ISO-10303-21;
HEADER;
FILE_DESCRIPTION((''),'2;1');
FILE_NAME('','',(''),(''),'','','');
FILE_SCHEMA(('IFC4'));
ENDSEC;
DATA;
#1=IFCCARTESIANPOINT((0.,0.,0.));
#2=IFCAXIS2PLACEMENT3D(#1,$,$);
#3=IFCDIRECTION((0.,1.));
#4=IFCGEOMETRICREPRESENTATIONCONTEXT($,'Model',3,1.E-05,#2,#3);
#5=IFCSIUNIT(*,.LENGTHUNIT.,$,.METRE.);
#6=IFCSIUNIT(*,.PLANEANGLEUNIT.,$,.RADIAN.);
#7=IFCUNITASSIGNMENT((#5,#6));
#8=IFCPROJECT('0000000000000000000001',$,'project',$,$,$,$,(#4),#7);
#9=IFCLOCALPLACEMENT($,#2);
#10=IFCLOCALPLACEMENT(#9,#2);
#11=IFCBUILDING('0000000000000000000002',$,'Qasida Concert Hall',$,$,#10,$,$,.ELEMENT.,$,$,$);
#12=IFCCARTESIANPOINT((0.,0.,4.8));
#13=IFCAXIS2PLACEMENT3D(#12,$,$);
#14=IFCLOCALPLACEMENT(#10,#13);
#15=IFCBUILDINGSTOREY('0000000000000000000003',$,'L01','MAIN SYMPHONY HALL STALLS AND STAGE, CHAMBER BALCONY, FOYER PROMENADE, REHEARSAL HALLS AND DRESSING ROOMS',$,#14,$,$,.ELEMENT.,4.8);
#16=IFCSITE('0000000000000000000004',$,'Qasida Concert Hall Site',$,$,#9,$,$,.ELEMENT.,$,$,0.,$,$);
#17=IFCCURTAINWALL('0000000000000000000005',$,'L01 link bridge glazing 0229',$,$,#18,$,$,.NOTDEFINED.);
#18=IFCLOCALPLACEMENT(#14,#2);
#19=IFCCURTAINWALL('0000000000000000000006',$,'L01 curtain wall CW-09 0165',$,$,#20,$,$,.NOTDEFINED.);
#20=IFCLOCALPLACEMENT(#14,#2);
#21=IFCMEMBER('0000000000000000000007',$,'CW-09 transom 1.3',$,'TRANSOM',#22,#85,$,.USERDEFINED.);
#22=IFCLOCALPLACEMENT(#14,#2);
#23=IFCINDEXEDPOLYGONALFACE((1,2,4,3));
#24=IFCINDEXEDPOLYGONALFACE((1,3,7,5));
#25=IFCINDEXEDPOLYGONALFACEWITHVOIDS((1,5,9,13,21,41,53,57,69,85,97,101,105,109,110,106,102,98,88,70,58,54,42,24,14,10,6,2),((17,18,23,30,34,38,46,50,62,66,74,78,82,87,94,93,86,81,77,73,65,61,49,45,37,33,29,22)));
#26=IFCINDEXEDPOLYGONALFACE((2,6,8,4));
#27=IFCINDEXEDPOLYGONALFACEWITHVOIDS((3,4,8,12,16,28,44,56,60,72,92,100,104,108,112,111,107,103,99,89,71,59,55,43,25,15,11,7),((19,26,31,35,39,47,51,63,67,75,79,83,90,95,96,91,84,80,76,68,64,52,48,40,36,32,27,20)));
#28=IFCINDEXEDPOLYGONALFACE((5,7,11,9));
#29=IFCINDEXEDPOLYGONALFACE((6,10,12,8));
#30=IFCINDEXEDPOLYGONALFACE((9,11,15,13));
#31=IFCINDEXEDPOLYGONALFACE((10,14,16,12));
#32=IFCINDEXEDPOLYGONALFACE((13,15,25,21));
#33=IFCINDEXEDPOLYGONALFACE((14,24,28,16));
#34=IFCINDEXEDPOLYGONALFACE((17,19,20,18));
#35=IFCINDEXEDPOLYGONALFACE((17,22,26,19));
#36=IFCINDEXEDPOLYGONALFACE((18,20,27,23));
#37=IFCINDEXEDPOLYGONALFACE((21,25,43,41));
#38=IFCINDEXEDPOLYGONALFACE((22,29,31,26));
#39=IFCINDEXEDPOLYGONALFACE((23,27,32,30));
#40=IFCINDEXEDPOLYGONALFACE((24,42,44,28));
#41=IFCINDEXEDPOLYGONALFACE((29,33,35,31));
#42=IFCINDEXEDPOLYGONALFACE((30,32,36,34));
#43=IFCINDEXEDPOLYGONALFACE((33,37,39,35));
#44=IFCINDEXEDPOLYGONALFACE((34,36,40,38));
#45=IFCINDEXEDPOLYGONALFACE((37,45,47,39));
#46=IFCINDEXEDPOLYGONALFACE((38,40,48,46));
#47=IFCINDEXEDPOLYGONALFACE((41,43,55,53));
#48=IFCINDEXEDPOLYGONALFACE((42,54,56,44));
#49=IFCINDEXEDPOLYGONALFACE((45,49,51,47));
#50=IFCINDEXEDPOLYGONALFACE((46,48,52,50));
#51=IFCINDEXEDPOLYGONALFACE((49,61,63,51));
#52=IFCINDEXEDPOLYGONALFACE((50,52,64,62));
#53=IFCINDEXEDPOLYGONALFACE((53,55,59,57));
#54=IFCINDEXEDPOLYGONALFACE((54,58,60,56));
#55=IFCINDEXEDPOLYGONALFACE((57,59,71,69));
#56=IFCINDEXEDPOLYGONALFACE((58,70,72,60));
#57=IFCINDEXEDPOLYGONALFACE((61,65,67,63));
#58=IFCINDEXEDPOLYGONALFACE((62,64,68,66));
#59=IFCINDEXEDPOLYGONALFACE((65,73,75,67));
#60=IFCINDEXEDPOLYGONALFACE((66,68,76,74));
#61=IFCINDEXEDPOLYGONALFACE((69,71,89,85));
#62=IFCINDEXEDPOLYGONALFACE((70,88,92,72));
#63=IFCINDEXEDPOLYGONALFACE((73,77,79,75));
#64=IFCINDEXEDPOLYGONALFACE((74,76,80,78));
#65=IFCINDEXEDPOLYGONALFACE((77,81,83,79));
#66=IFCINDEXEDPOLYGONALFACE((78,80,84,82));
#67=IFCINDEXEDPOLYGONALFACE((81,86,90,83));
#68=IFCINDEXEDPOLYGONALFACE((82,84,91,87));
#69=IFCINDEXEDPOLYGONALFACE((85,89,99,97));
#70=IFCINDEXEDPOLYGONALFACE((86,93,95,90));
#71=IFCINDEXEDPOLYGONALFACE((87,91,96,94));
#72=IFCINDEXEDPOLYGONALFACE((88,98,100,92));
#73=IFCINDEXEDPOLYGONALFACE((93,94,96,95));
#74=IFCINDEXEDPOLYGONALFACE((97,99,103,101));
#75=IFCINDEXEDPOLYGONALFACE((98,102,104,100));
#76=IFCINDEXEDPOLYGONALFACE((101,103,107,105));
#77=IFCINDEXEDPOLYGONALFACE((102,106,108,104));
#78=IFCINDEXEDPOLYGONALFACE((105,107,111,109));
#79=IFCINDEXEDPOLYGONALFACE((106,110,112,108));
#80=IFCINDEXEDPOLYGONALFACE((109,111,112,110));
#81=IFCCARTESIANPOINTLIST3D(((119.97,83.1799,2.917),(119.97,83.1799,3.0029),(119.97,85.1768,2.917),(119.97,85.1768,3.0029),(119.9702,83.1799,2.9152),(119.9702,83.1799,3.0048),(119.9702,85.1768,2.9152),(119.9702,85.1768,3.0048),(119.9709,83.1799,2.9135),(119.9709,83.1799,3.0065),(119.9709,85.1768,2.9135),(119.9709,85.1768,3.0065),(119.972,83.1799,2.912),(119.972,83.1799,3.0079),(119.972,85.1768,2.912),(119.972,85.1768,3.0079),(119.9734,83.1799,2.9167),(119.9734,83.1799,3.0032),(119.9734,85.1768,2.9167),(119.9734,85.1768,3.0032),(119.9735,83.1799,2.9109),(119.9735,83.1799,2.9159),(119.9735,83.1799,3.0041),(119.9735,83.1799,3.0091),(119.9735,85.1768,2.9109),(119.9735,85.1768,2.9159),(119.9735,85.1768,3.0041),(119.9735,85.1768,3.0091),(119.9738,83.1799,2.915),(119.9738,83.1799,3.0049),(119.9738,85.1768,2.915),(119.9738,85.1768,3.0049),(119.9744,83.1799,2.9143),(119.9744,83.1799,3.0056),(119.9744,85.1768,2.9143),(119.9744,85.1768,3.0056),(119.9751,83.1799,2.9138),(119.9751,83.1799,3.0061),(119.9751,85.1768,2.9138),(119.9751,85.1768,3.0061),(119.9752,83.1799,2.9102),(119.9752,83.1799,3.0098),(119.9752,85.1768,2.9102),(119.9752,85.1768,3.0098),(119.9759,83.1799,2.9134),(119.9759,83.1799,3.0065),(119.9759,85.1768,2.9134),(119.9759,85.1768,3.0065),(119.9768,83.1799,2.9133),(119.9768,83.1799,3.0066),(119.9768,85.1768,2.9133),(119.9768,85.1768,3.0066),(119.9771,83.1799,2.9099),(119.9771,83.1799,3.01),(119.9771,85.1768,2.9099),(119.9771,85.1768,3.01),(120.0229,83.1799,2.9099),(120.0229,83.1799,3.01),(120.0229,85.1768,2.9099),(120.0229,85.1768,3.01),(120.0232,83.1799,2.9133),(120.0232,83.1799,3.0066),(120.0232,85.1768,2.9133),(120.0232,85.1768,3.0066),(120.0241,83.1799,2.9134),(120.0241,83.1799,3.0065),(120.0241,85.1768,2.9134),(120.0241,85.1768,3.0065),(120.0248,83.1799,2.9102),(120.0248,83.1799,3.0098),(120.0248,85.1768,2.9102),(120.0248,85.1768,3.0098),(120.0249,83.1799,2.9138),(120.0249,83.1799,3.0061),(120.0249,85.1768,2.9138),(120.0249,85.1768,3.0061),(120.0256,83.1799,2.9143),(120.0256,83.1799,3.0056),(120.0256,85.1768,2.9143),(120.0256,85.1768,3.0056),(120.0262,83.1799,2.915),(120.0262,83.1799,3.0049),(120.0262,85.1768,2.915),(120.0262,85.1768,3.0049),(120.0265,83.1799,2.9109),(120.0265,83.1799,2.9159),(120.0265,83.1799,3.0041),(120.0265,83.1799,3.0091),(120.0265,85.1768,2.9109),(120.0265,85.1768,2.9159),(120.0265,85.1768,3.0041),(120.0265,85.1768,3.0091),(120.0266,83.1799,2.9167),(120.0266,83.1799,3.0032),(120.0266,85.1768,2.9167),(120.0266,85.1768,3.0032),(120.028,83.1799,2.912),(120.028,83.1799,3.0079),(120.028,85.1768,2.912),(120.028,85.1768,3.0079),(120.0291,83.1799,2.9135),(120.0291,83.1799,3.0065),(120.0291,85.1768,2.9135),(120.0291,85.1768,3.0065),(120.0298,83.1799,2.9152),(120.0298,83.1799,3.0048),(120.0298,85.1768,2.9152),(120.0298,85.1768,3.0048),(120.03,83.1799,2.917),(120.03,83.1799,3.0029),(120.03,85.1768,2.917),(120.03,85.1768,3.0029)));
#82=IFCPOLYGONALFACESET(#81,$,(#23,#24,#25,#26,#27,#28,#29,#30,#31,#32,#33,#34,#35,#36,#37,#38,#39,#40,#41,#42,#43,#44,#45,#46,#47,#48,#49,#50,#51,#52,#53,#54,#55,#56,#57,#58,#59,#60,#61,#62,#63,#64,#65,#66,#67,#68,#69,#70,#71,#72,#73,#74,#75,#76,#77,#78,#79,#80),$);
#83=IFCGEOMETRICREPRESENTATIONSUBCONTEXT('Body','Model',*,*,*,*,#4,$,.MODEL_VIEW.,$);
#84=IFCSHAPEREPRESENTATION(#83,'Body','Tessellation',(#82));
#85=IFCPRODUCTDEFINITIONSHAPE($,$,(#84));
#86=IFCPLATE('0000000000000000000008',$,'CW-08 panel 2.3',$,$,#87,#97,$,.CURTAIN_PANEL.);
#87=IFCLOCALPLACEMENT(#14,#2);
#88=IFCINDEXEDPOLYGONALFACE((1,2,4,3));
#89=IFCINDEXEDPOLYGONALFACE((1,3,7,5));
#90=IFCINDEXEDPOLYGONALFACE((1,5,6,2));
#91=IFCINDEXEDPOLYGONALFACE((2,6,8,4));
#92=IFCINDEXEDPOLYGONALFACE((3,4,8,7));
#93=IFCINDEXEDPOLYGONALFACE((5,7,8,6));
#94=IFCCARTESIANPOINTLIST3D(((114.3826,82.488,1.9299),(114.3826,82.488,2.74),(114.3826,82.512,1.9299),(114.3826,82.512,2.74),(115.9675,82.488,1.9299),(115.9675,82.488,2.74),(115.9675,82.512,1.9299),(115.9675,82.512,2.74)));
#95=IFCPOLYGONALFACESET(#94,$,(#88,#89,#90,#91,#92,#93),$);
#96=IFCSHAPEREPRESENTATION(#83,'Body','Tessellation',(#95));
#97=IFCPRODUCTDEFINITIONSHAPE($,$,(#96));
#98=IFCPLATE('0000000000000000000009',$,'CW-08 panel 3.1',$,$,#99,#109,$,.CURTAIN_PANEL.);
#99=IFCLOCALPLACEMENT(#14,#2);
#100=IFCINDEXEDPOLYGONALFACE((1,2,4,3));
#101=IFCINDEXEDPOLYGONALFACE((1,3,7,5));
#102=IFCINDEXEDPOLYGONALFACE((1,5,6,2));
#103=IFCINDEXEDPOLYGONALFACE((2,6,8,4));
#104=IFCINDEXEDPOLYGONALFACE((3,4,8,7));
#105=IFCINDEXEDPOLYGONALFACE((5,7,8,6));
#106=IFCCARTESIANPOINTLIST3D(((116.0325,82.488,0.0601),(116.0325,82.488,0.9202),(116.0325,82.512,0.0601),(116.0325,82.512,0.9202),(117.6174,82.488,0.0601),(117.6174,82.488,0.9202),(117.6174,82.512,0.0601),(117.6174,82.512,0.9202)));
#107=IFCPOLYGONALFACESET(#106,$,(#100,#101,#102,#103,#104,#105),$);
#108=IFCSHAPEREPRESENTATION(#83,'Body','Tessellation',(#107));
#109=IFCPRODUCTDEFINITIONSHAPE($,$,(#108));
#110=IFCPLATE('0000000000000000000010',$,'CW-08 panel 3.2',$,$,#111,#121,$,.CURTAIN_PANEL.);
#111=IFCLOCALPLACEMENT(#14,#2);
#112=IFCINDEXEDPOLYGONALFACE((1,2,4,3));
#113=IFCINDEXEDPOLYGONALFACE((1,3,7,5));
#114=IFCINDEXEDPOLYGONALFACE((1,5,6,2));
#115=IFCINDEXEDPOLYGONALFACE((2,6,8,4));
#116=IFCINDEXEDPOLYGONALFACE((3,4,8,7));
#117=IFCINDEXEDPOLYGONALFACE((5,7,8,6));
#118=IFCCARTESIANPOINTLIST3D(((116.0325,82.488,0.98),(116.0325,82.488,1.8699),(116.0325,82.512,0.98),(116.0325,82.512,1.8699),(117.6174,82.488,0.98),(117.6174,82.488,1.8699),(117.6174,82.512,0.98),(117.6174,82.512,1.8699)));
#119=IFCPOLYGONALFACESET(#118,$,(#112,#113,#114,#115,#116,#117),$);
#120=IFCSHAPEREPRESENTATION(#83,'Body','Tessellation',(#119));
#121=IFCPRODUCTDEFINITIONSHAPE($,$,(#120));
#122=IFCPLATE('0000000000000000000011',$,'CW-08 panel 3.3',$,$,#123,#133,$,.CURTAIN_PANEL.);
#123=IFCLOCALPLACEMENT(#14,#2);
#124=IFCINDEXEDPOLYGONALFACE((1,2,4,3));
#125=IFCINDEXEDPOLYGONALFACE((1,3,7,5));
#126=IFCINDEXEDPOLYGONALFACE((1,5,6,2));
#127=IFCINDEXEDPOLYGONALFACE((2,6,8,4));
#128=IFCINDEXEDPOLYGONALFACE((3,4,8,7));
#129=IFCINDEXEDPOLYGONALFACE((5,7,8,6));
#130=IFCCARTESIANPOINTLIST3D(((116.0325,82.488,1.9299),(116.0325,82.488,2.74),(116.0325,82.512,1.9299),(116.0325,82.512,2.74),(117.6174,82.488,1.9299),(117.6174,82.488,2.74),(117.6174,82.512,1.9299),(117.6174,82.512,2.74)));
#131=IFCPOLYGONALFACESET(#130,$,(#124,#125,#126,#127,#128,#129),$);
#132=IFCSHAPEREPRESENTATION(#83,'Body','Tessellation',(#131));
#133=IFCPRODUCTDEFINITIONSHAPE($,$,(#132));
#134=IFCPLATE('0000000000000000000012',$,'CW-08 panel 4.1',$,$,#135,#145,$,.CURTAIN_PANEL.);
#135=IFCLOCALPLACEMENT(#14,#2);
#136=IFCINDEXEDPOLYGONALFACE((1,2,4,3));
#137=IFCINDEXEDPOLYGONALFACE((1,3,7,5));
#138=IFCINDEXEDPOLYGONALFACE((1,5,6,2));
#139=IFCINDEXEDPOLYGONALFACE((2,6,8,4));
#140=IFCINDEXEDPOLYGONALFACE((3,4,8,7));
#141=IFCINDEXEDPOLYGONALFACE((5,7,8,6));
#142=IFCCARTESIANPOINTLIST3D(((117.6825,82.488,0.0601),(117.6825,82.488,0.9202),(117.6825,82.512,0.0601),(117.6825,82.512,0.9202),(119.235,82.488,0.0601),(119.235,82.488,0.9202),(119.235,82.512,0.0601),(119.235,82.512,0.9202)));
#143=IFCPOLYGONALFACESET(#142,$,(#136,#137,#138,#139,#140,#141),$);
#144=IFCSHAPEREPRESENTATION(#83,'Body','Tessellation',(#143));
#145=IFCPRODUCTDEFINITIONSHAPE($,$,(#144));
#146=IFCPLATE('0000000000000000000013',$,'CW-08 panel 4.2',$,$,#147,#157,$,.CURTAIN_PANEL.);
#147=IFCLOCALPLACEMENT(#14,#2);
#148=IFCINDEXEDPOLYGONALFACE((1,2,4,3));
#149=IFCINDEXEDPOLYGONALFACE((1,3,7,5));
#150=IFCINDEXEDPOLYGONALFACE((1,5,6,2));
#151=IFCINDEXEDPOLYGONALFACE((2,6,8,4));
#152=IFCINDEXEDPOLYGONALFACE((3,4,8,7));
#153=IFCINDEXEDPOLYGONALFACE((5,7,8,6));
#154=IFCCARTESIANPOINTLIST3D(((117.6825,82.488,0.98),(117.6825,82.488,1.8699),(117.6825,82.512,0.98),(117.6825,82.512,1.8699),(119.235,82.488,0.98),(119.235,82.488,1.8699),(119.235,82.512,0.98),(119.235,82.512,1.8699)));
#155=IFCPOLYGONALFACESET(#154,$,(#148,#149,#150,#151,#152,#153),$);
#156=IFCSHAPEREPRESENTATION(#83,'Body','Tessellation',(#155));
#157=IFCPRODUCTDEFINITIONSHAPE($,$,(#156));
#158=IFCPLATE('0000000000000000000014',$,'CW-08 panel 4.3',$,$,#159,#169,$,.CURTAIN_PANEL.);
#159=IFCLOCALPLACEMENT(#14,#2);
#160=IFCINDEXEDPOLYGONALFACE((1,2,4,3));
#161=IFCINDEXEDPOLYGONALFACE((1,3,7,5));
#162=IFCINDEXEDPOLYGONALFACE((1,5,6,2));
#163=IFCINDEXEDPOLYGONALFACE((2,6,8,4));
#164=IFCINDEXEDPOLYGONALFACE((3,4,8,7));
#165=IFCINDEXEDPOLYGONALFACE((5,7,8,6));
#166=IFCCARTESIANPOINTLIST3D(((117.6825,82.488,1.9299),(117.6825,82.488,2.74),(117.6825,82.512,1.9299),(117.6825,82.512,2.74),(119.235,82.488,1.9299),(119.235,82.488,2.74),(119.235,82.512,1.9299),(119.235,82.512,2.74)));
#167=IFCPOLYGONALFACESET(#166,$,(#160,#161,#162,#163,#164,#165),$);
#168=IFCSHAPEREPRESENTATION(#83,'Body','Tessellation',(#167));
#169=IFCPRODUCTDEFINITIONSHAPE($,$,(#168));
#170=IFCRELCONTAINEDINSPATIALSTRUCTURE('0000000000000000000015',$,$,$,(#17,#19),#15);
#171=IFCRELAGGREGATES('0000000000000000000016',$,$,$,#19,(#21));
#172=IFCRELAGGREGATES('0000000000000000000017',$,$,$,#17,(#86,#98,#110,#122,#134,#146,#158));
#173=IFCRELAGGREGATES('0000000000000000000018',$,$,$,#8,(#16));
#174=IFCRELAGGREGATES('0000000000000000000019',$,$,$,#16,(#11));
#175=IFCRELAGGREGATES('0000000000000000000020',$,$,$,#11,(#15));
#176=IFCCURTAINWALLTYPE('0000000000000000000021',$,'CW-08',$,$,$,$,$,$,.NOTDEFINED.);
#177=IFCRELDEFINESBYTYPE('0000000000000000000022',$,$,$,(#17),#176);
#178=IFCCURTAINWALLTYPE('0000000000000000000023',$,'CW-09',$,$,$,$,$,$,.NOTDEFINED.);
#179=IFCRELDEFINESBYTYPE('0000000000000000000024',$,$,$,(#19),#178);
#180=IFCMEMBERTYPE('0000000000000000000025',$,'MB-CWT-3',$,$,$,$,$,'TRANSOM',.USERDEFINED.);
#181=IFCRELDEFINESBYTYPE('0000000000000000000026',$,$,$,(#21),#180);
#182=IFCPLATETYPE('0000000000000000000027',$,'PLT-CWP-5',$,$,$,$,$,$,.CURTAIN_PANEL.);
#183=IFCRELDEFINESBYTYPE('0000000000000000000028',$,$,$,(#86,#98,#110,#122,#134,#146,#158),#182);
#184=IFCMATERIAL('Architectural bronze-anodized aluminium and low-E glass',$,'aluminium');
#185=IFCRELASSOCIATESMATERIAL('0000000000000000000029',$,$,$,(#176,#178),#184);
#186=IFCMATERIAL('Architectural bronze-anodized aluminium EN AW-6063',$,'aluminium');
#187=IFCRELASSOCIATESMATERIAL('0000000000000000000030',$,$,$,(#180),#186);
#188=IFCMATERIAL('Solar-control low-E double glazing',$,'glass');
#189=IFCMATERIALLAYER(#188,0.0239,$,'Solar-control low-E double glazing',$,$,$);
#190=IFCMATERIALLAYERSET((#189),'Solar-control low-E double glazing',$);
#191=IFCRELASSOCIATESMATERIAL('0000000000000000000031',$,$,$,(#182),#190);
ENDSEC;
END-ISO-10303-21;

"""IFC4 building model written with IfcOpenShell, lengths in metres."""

from ifc_helpers import new_model, si_unit, direction, frame, origin, origin_2d, place, context, subcontext, project, spatial, rectangle, hollow_rectangle, extrude, material, layer, layer_set, material_profile, profile_set, type_object, element, aggregate, save


model = new_model("IFC4")

# Units and contexts
model_context = context("Model", 3, precision=1e-05, world=origin(), true_north=direction((0.0, 1.0)))
body_context = subcontext(model_context, "Body", "Model", "MODEL_VIEW")
ifc_project = project(units=[si_unit("LENGTHUNIT", "METRE"), si_unit("PLANEANGLEUNIT", "RADIAN")], contexts=[model_context])

# Site, building, storey
site_placement = place(None, origin())
site = spatial("IfcSite", under=ifc_project, at=site_placement, Name="Qasida Concert Hall Site", CompositionType="ELEMENT", RefElevation=0.0)
building_placement = place(site_placement, origin())
building = spatial("IfcBuilding", under=site, at=building_placement, Name="Qasida Concert Hall", CompositionType="ELEMENT")
storey_placement = place(building_placement, frame((0.0, 0.0, 4.8)))
storey = spatial("IfcBuildingStorey", under=building, at=storey_placement, Name="L01", Description="MAIN SYMPHONY HALL STALLS AND STAGE, CHAMBER BALCONY, FOYER PROMENADE, REHEARSAL HALLS AND DRESSING ROOMS", CompositionType="ELEMENT", Elevation=4.8)

# Curtain wall
ifc_material_1 = material(Name="Architectural bronze-anodized aluminium and low-E glass", Category="aluminium")
curtain_wall_type_1 = type_object("IfcCurtainWallType", Name="CW-08", PredefinedType="NOTDEFINED", material=ifc_material_1)
curtain_wall_1_placement = place(storey_placement, origin())
curtain_wall_1 = element("IfcCurtainWall", 1, at=curtain_wall_1_placement, inside=storey, type_object=curtain_wall_type_1, Name="L01 link bridge glazing 0229", PredefinedType="NOTDEFINED")
ifc_material_2 = material(Name="Architectural bronze-anodized aluminium EN AW-6063", Category="aluminium")

# Curtain wall
curtain_wall_type_2 = type_object("IfcCurtainWallType", Name="CW-09", PredefinedType="NOTDEFINED", material=ifc_material_1)
curtain_wall_2_placement = place(storey_placement, origin())
curtain_wall_2 = element("IfcCurtainWall", 2, at=curtain_wall_2_placement, inside=storey, type_object=curtain_wall_type_2, Name="L01 curtain wall CW-09 0165", PredefinedType="NOTDEFINED")

# Member
ifc_material_profile_1 = material_profile(ifc_material_2, hollow_rectangle(XDim=0.0601, YDim=0.1001, WallThickness=0.0034, InnerFilletRadius=0.0034, OuterFilletRadius=0.0071, at=origin_2d()), Name="CWT 100x60x3.5")
ifc_profile_set_1 = profile_set([ifc_material_profile_1], Name="Architectural bronze-anodized aluminium EN AW-6063")
member_type_1 = type_object("IfcMemberType", Name="MB-CWT-3", ElementType="TRANSOM", PredefinedType="USERDEFINED", material=ifc_profile_set_1)
member_1_placement = place(storey_placement, frame((120.0, 83.1799, 2.96), z_axis=(0.0, 1.0, 0.0), x_axis=(-1.0, 0.0, 0.0)))
member_1 = element("IfcMember", 3, at=member_1_placement, type_object=member_type_1, Name="CW-09 transom 1.3", ObjectType="TRANSOM", PredefinedType="USERDEFINED", context=body_context, shape_type="SweptSolid", body=[
    extrude(hollow_rectangle(XDim=0.0601, YDim=0.1001, WallThickness=0.0034, InnerFilletRadius=0.0034, OuterFilletRadius=0.0071, at=origin_2d()), origin(), (0.0, 0.0, 1.0), 1.9968),
])
aggregate(curtain_wall_2, [member_1])

# Plates
ifc_material_3 = material(Name="Solar-control low-E double glazing", Category="glass")
ifc_layer = layer(ifc_material_3, 0.0239, Name="Solar-control low-E double glazing")
ifc_layer_set = layer_set([ifc_layer], Name="Solar-control low-E double glazing")
plate_type = type_object("IfcPlateType", Name="PLT-CWP-5", PredefinedType="CURTAIN_PANEL", material=ifc_layer_set)
plate_1_placement = place(storey_placement, frame((115.175, 82.5, 1.9299), z_axis=(0.0, 0.0, 1.0), x_axis=(1.0, 0.0, 0.0)))
plate_1 = element("IfcPlate", 4, at=plate_1_placement, type_object=plate_type, Name="CW-08 panel 2.3", PredefinedType="CURTAIN_PANEL", context=body_context, shape_type="SweptSolid", body=[
    extrude(rectangle(XDim=1.585, YDim=0.0239, at=origin_2d()), origin(), (0.0, 0.0, 1.0), 0.8101),
])
plate_2_placement = place(storey_placement, frame((116.825, 82.5, 0.0601), z_axis=(0.0, 0.0, 1.0), x_axis=(1.0, 0.0, 0.0)))
plate_2 = element("IfcPlate", 5, at=plate_2_placement, type_object=plate_type, Name="CW-08 panel 3.1", PredefinedType="CURTAIN_PANEL", context=body_context, shape_type="SweptSolid", body=[
    extrude(rectangle(XDim=1.585, YDim=0.0239, at=origin_2d()), origin(), (0.0, 0.0, 1.0), 0.8601),
])
plate_3_placement = place(storey_placement, frame((116.825, 82.5, 0.98), z_axis=(0.0, 0.0, 1.0), x_axis=(1.0, 0.0, 0.0)))
plate_3 = element("IfcPlate", 6, at=plate_3_placement, type_object=plate_type, Name="CW-08 panel 3.2", PredefinedType="CURTAIN_PANEL", context=body_context, shape_type="SweptSolid", body=[
    extrude(rectangle(XDim=1.585, YDim=0.0239, at=origin_2d()), origin(), (0.0, 0.0, 1.0), 0.8899),
])
plate_4_placement = place(storey_placement, frame((116.825, 82.5, 1.9299), z_axis=(0.0, 0.0, 1.0), x_axis=(1.0, 0.0, 0.0)))
plate_4 = element("IfcPlate", 7, at=plate_4_placement, type_object=plate_type, Name="CW-08 panel 3.3", PredefinedType="CURTAIN_PANEL", context=body_context, shape_type="SweptSolid", body=[
    extrude(rectangle(XDim=1.585, YDim=0.0239, at=origin_2d()), origin(), (0.0, 0.0, 1.0), 0.8101),
])
plate_5_placement = place(storey_placement, frame((118.4587, 82.5, 0.0601), z_axis=(0.0, 0.0, 1.0), x_axis=(1.0, 0.0, 0.0)))
plate_5 = element("IfcPlate", 8, at=plate_5_placement, type_object=plate_type, Name="CW-08 panel 4.1", PredefinedType="CURTAIN_PANEL", context=body_context, shape_type="SweptSolid", body=[
    extrude(rectangle(XDim=1.5525, YDim=0.0239, at=origin_2d()), origin(), (0.0, 0.0, 1.0), 0.8601),
])
plate_6_placement = place(storey_placement, frame((118.4587, 82.5, 0.98), z_axis=(0.0, 0.0, 1.0), x_axis=(1.0, 0.0, 0.0)))
plate_6 = element("IfcPlate", 9, at=plate_6_placement, type_object=plate_type, Name="CW-08 panel 4.2", PredefinedType="CURTAIN_PANEL", context=body_context, shape_type="SweptSolid", body=[
    extrude(rectangle(XDim=1.5525, YDim=0.0239, at=origin_2d()), origin(), (0.0, 0.0, 1.0), 0.8899),
])
plate_7_placement = place(storey_placement, frame((118.4587, 82.5, 1.9299), z_axis=(0.0, 0.0, 1.0), x_axis=(1.0, 0.0, 0.0)))
plate_7 = element("IfcPlate", 10, at=plate_7_placement, type_object=plate_type, Name="CW-08 panel 4.3", PredefinedType="CURTAIN_PANEL", context=body_context, shape_type="SweptSolid", body=[
    extrude(rectangle(XDim=1.5525, YDim=0.0239, at=origin_2d()), origin(), (0.0, 0.0, 1.0), 0.8101),
])
aggregate(curtain_wall_1, [plate_1, plate_2, plate_3, plate_4, plate_5, plate_6, plate_7])

save(model, "model.ifc")
